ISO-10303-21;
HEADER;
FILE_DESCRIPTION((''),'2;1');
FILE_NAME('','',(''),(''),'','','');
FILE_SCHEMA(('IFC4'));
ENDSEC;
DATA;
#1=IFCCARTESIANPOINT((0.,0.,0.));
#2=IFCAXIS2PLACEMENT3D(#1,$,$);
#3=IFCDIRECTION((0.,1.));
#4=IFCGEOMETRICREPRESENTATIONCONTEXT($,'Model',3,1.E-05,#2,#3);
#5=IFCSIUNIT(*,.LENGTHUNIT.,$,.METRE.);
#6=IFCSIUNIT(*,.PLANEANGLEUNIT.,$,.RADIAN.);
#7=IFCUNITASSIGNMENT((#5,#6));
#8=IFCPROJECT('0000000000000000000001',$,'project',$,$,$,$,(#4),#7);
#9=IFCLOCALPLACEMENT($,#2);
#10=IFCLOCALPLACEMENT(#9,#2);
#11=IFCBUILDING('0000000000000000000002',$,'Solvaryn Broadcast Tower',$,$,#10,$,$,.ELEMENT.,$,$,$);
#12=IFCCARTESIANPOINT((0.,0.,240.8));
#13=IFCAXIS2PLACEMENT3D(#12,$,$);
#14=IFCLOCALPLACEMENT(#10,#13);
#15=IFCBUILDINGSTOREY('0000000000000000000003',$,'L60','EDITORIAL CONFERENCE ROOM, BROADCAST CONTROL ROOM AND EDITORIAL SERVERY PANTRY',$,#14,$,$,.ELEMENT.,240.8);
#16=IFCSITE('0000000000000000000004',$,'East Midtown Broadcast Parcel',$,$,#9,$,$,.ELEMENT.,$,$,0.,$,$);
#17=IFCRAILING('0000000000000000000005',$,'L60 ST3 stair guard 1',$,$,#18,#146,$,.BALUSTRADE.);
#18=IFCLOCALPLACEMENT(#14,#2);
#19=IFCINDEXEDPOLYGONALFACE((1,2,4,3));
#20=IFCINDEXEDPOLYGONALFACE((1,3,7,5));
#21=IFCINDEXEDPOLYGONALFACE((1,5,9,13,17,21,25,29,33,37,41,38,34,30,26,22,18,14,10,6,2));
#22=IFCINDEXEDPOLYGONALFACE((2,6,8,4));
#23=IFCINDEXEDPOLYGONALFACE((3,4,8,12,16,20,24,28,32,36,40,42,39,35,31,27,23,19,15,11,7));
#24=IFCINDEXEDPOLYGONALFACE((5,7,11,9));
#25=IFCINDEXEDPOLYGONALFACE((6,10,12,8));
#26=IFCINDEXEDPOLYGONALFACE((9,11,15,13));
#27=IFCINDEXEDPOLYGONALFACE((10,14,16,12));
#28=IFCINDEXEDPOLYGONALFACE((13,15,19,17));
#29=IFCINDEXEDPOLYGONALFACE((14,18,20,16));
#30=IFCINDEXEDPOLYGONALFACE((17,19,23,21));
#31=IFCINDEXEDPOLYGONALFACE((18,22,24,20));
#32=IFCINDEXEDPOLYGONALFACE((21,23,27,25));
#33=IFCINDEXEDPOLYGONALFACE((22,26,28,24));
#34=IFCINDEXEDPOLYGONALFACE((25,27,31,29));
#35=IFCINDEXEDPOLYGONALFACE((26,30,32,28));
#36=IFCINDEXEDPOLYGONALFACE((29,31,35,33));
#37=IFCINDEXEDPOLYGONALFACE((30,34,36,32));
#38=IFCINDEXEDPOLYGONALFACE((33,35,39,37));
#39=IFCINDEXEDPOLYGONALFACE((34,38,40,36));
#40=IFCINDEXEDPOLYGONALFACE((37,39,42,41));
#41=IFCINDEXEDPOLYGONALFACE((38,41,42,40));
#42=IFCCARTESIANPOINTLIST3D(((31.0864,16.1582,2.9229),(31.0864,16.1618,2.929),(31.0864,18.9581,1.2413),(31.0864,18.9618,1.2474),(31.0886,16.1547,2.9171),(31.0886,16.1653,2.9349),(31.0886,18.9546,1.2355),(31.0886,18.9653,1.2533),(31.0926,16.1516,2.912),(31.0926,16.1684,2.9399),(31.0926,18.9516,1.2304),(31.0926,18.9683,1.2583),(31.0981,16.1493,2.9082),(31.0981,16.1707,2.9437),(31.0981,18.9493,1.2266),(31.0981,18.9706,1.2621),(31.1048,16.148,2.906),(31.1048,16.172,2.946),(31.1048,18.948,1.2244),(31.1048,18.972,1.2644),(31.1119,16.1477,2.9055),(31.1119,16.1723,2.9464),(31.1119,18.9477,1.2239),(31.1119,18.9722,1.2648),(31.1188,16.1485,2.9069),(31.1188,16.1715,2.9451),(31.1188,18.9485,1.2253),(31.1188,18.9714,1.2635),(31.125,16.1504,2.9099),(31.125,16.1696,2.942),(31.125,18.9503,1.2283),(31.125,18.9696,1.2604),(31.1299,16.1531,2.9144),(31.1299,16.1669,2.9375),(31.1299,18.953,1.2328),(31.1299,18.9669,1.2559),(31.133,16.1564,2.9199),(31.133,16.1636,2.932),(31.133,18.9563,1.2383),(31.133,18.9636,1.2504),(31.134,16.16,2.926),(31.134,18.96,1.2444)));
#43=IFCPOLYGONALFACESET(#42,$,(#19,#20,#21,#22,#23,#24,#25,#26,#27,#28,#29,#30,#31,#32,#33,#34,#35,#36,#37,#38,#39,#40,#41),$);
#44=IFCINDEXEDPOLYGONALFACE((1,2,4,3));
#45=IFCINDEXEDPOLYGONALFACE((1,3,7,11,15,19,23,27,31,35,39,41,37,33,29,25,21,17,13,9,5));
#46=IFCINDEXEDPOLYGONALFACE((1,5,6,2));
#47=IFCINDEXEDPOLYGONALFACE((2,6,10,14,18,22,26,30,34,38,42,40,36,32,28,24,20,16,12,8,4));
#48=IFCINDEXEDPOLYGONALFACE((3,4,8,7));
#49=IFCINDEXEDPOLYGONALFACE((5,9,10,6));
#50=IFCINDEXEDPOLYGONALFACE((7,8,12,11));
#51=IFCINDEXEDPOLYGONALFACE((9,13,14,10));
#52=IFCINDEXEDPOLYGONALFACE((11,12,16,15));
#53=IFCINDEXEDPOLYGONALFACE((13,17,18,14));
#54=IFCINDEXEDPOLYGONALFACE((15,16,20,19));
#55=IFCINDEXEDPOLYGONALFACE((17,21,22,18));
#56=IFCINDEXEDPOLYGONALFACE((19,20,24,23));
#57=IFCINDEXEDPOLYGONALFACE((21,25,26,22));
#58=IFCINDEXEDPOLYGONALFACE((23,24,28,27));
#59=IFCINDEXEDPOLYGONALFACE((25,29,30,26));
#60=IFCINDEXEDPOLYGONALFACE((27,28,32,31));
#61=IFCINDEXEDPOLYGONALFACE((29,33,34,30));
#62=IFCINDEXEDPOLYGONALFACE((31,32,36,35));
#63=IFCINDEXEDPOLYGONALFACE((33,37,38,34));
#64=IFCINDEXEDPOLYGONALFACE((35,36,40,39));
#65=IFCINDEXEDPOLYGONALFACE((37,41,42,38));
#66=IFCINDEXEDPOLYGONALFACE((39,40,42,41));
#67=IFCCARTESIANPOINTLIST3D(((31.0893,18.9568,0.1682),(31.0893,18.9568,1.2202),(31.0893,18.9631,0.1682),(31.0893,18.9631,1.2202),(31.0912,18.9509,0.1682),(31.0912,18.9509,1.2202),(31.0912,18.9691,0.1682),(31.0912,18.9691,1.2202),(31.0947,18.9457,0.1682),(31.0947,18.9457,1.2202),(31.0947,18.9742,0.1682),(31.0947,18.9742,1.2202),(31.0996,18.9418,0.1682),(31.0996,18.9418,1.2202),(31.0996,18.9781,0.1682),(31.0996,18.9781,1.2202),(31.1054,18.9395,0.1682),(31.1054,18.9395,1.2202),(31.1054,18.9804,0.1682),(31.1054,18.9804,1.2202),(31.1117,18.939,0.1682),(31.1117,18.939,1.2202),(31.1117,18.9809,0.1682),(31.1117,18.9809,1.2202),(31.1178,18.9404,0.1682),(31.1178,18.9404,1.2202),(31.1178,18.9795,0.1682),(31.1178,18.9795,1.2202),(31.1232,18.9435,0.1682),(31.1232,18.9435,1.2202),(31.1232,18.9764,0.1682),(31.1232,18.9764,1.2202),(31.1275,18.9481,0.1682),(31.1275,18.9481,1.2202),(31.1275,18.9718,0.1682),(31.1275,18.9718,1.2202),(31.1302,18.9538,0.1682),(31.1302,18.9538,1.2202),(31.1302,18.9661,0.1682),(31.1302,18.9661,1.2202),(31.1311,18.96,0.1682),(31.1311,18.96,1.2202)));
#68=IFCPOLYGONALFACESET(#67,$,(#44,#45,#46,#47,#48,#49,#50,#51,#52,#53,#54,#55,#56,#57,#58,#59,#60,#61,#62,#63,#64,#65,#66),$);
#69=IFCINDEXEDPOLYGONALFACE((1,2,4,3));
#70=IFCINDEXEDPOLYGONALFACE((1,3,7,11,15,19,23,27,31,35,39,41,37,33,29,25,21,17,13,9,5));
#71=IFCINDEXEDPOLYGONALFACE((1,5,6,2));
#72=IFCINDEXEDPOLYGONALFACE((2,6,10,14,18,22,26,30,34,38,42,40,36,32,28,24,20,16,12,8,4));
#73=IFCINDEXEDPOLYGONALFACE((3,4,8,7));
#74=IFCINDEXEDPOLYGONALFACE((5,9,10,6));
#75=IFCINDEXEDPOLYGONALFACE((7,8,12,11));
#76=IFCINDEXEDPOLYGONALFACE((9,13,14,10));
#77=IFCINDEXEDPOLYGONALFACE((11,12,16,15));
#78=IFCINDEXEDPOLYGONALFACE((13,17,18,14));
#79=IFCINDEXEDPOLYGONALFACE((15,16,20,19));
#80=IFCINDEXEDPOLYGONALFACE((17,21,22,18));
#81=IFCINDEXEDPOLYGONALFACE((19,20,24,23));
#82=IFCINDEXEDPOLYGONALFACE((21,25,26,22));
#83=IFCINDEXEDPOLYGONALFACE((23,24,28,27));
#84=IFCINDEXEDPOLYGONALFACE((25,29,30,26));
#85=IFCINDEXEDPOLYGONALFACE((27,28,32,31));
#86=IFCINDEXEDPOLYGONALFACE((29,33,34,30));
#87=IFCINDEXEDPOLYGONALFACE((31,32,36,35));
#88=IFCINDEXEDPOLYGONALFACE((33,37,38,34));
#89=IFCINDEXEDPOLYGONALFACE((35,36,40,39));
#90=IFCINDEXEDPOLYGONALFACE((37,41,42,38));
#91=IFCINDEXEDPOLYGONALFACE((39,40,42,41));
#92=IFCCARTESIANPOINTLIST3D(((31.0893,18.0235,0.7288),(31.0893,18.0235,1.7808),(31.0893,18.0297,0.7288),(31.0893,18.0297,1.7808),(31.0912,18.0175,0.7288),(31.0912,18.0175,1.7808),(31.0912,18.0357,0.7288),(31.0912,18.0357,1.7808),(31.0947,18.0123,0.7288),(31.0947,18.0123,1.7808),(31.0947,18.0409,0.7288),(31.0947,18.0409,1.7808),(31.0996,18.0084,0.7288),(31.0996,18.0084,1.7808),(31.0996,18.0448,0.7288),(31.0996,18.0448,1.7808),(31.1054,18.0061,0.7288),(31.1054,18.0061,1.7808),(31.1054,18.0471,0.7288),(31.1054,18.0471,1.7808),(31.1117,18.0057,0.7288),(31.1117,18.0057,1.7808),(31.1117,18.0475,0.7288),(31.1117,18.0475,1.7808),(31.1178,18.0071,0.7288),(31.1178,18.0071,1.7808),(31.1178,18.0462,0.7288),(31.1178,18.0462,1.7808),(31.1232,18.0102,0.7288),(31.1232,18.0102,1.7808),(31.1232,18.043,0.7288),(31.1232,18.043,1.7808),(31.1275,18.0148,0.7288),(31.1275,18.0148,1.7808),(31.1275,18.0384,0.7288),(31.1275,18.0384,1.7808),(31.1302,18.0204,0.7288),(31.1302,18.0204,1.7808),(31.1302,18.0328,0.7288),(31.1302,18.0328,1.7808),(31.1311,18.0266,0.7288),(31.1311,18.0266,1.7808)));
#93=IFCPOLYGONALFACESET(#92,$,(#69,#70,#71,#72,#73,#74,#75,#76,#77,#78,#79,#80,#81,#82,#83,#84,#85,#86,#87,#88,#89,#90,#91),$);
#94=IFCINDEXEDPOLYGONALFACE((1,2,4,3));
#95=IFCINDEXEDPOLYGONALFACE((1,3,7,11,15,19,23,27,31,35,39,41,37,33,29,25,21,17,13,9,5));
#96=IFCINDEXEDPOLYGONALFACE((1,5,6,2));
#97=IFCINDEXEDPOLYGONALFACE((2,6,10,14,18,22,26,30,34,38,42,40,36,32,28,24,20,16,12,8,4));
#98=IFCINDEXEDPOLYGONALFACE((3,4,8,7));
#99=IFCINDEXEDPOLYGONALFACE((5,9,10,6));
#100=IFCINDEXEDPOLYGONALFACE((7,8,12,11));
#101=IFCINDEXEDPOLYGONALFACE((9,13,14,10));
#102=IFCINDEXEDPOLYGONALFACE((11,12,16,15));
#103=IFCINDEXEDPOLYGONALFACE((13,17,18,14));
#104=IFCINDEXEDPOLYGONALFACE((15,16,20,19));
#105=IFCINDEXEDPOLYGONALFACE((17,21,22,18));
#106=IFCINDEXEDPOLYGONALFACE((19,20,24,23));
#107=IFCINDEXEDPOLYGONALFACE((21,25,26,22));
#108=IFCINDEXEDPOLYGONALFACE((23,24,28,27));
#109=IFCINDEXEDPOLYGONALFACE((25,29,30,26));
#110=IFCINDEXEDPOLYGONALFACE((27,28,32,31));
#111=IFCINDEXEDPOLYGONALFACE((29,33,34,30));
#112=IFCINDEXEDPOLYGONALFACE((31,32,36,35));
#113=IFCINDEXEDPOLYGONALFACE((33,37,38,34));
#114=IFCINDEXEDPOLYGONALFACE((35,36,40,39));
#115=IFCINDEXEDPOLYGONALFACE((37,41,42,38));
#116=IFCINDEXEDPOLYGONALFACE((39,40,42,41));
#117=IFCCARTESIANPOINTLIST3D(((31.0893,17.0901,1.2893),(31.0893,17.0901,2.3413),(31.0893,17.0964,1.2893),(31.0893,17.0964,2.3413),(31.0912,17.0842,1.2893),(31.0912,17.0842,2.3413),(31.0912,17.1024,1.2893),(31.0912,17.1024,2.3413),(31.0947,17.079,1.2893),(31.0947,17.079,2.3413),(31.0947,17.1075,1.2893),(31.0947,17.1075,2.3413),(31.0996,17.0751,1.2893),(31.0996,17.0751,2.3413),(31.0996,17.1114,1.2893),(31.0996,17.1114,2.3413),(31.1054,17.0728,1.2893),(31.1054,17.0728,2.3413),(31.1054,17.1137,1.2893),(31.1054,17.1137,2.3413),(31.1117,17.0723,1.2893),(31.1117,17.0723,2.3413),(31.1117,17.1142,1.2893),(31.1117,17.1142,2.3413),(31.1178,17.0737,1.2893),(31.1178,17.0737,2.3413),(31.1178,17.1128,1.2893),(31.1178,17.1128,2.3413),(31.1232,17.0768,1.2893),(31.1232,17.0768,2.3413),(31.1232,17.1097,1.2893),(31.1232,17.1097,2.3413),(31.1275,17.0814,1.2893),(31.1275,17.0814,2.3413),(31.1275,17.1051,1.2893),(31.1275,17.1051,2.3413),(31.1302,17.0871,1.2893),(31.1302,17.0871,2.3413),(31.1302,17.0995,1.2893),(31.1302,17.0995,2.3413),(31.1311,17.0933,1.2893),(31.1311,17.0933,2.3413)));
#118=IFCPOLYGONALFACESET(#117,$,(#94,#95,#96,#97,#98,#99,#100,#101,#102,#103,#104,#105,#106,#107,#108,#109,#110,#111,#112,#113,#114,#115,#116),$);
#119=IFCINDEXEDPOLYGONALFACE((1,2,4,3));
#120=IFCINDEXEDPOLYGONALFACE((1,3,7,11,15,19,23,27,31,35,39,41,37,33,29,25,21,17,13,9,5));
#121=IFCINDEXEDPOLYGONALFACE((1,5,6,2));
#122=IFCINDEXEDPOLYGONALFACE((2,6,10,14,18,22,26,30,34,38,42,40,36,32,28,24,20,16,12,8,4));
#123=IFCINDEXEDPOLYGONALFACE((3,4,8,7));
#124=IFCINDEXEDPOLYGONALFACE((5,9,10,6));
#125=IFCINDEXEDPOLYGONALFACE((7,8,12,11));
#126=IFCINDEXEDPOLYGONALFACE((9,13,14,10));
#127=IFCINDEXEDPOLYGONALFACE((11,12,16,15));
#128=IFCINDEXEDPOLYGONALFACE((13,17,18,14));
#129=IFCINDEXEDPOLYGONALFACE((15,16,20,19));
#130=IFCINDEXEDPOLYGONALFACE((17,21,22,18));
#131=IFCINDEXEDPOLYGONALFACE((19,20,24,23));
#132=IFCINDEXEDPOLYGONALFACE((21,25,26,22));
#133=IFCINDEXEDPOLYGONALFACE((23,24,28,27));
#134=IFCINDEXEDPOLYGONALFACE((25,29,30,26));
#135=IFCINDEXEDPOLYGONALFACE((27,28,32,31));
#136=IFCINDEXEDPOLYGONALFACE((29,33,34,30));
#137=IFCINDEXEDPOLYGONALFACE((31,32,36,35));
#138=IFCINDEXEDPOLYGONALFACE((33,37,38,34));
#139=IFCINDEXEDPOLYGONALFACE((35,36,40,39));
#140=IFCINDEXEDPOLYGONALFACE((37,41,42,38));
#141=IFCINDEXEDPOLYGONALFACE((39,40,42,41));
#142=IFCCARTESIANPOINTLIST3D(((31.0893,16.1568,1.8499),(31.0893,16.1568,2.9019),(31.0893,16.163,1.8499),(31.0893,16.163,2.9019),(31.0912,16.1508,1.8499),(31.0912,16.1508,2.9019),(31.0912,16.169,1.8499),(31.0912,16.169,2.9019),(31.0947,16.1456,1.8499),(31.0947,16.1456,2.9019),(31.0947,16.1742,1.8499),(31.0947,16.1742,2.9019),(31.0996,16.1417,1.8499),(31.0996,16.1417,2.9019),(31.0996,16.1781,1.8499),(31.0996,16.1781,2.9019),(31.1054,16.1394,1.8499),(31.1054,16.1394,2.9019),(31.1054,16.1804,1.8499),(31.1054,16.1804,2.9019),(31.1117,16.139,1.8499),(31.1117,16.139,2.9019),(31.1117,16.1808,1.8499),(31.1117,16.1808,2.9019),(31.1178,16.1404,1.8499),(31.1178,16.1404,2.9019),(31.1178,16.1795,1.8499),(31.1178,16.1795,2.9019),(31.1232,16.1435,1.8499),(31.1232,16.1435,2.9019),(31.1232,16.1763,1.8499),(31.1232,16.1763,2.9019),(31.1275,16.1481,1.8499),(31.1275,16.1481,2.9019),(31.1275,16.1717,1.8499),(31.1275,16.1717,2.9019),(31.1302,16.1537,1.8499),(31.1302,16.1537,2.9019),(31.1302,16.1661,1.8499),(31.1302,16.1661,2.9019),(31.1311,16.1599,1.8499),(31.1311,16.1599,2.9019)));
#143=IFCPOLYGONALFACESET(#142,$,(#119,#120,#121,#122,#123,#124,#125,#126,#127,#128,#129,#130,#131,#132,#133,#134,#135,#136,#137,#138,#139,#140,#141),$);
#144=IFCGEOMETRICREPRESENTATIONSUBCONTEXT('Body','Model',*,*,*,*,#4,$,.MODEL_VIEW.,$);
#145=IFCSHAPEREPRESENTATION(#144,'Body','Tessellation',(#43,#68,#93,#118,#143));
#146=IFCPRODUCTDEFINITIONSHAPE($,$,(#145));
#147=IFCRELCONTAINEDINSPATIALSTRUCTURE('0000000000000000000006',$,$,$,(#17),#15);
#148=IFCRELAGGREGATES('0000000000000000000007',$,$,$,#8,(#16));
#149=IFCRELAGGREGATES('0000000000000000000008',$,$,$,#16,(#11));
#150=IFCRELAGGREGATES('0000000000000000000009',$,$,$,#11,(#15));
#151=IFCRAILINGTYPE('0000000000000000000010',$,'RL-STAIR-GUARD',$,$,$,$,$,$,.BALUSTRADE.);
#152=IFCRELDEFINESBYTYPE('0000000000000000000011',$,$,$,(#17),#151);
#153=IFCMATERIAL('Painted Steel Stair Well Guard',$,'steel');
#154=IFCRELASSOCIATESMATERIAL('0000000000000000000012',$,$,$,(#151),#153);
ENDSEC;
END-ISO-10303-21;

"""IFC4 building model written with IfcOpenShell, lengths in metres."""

from ifc_helpers import new_model, si_unit, direction, frame, origin, origin_2d, place, context, subcontext, project, spatial, circle, extrude, material, type_object, element, save


model = new_model("IFC4")

# Units and contexts
model_context = context("Model", 3, precision=1e-05, world=origin(), true_north=direction((0.0, 1.0)))
body_context = subcontext(model_context, "Body", "Model", "MODEL_VIEW")
ifc_project = project(units=[si_unit("LENGTHUNIT", "METRE"), si_unit("PLANEANGLEUNIT", "RADIAN")], contexts=[model_context])

# Site, building, storey
site_placement = place(None, origin())
site = spatial("IfcSite", under=ifc_project, at=site_placement, Name="East Midtown Broadcast Parcel", CompositionType="ELEMENT", RefElevation=0.0)
building_placement = place(site_placement, origin())
building = spatial("IfcBuilding", under=site, at=building_placement, Name="Solvaryn Broadcast Tower", CompositionType="ELEMENT")
storey_placement = place(building_placement, frame((0.0, 0.0, 240.8)))
storey = spatial("IfcBuildingStorey", under=building, at=storey_placement, Name="L60", Description="EDITORIAL CONFERENCE ROOM, BROADCAST CONTROL ROOM AND EDITORIAL SERVERY PANTRY", CompositionType="ELEMENT", Elevation=240.8)

# Railing
ifc_material_1 = material(Name="Painted Steel Stair Well Guard", Category="steel")
railing_type_1 = type_object("IfcRailingType", Name="RL-STAIR-GUARD", PredefinedType="BALUSTRADE", material=ifc_material_1)
railing_1_placement = place(storey_placement, frame((31.1101, 18.96, 0.1682)))
element("IfcRailing", 1, at=railing_1_placement, inside=storey, type_object=railing_type_1, Name="L60 ST3 stair guard 1", PredefinedType="BALUSTRADE", context=body_context, shape_type="SweptSolid", body=[
    extrude(circle(Radius=0.0239, at=origin_2d()), frame((0.0, 0.0, 1.0762), z_axis=(0.0, -0.857275, 0.514858), x_axis=(1.0, 0.0, 0.0)), (0.0, 0.0, 1.0), 3.2661),
    extrude(circle(Radius=0.021, at=origin_2d()), origin(), (0.0, 0.0, 1.0), 1.052),
    extrude(circle(Radius=0.021, at=origin_2d()), frame((0.0, -0.9333, 0.5605)), (0.0, 0.0, 1.0), 1.052),
    extrude(circle(Radius=0.021, at=origin_2d()), frame((0.0, -1.8667, 1.1211)), (0.0, 0.0, 1.0), 1.052),
    extrude(circle(Radius=0.021, at=origin_2d()), frame((0.0, -2.8, 1.6816)), (0.0, 0.0, 1.0), 1.052),
])

save(model, "model.ifc")
